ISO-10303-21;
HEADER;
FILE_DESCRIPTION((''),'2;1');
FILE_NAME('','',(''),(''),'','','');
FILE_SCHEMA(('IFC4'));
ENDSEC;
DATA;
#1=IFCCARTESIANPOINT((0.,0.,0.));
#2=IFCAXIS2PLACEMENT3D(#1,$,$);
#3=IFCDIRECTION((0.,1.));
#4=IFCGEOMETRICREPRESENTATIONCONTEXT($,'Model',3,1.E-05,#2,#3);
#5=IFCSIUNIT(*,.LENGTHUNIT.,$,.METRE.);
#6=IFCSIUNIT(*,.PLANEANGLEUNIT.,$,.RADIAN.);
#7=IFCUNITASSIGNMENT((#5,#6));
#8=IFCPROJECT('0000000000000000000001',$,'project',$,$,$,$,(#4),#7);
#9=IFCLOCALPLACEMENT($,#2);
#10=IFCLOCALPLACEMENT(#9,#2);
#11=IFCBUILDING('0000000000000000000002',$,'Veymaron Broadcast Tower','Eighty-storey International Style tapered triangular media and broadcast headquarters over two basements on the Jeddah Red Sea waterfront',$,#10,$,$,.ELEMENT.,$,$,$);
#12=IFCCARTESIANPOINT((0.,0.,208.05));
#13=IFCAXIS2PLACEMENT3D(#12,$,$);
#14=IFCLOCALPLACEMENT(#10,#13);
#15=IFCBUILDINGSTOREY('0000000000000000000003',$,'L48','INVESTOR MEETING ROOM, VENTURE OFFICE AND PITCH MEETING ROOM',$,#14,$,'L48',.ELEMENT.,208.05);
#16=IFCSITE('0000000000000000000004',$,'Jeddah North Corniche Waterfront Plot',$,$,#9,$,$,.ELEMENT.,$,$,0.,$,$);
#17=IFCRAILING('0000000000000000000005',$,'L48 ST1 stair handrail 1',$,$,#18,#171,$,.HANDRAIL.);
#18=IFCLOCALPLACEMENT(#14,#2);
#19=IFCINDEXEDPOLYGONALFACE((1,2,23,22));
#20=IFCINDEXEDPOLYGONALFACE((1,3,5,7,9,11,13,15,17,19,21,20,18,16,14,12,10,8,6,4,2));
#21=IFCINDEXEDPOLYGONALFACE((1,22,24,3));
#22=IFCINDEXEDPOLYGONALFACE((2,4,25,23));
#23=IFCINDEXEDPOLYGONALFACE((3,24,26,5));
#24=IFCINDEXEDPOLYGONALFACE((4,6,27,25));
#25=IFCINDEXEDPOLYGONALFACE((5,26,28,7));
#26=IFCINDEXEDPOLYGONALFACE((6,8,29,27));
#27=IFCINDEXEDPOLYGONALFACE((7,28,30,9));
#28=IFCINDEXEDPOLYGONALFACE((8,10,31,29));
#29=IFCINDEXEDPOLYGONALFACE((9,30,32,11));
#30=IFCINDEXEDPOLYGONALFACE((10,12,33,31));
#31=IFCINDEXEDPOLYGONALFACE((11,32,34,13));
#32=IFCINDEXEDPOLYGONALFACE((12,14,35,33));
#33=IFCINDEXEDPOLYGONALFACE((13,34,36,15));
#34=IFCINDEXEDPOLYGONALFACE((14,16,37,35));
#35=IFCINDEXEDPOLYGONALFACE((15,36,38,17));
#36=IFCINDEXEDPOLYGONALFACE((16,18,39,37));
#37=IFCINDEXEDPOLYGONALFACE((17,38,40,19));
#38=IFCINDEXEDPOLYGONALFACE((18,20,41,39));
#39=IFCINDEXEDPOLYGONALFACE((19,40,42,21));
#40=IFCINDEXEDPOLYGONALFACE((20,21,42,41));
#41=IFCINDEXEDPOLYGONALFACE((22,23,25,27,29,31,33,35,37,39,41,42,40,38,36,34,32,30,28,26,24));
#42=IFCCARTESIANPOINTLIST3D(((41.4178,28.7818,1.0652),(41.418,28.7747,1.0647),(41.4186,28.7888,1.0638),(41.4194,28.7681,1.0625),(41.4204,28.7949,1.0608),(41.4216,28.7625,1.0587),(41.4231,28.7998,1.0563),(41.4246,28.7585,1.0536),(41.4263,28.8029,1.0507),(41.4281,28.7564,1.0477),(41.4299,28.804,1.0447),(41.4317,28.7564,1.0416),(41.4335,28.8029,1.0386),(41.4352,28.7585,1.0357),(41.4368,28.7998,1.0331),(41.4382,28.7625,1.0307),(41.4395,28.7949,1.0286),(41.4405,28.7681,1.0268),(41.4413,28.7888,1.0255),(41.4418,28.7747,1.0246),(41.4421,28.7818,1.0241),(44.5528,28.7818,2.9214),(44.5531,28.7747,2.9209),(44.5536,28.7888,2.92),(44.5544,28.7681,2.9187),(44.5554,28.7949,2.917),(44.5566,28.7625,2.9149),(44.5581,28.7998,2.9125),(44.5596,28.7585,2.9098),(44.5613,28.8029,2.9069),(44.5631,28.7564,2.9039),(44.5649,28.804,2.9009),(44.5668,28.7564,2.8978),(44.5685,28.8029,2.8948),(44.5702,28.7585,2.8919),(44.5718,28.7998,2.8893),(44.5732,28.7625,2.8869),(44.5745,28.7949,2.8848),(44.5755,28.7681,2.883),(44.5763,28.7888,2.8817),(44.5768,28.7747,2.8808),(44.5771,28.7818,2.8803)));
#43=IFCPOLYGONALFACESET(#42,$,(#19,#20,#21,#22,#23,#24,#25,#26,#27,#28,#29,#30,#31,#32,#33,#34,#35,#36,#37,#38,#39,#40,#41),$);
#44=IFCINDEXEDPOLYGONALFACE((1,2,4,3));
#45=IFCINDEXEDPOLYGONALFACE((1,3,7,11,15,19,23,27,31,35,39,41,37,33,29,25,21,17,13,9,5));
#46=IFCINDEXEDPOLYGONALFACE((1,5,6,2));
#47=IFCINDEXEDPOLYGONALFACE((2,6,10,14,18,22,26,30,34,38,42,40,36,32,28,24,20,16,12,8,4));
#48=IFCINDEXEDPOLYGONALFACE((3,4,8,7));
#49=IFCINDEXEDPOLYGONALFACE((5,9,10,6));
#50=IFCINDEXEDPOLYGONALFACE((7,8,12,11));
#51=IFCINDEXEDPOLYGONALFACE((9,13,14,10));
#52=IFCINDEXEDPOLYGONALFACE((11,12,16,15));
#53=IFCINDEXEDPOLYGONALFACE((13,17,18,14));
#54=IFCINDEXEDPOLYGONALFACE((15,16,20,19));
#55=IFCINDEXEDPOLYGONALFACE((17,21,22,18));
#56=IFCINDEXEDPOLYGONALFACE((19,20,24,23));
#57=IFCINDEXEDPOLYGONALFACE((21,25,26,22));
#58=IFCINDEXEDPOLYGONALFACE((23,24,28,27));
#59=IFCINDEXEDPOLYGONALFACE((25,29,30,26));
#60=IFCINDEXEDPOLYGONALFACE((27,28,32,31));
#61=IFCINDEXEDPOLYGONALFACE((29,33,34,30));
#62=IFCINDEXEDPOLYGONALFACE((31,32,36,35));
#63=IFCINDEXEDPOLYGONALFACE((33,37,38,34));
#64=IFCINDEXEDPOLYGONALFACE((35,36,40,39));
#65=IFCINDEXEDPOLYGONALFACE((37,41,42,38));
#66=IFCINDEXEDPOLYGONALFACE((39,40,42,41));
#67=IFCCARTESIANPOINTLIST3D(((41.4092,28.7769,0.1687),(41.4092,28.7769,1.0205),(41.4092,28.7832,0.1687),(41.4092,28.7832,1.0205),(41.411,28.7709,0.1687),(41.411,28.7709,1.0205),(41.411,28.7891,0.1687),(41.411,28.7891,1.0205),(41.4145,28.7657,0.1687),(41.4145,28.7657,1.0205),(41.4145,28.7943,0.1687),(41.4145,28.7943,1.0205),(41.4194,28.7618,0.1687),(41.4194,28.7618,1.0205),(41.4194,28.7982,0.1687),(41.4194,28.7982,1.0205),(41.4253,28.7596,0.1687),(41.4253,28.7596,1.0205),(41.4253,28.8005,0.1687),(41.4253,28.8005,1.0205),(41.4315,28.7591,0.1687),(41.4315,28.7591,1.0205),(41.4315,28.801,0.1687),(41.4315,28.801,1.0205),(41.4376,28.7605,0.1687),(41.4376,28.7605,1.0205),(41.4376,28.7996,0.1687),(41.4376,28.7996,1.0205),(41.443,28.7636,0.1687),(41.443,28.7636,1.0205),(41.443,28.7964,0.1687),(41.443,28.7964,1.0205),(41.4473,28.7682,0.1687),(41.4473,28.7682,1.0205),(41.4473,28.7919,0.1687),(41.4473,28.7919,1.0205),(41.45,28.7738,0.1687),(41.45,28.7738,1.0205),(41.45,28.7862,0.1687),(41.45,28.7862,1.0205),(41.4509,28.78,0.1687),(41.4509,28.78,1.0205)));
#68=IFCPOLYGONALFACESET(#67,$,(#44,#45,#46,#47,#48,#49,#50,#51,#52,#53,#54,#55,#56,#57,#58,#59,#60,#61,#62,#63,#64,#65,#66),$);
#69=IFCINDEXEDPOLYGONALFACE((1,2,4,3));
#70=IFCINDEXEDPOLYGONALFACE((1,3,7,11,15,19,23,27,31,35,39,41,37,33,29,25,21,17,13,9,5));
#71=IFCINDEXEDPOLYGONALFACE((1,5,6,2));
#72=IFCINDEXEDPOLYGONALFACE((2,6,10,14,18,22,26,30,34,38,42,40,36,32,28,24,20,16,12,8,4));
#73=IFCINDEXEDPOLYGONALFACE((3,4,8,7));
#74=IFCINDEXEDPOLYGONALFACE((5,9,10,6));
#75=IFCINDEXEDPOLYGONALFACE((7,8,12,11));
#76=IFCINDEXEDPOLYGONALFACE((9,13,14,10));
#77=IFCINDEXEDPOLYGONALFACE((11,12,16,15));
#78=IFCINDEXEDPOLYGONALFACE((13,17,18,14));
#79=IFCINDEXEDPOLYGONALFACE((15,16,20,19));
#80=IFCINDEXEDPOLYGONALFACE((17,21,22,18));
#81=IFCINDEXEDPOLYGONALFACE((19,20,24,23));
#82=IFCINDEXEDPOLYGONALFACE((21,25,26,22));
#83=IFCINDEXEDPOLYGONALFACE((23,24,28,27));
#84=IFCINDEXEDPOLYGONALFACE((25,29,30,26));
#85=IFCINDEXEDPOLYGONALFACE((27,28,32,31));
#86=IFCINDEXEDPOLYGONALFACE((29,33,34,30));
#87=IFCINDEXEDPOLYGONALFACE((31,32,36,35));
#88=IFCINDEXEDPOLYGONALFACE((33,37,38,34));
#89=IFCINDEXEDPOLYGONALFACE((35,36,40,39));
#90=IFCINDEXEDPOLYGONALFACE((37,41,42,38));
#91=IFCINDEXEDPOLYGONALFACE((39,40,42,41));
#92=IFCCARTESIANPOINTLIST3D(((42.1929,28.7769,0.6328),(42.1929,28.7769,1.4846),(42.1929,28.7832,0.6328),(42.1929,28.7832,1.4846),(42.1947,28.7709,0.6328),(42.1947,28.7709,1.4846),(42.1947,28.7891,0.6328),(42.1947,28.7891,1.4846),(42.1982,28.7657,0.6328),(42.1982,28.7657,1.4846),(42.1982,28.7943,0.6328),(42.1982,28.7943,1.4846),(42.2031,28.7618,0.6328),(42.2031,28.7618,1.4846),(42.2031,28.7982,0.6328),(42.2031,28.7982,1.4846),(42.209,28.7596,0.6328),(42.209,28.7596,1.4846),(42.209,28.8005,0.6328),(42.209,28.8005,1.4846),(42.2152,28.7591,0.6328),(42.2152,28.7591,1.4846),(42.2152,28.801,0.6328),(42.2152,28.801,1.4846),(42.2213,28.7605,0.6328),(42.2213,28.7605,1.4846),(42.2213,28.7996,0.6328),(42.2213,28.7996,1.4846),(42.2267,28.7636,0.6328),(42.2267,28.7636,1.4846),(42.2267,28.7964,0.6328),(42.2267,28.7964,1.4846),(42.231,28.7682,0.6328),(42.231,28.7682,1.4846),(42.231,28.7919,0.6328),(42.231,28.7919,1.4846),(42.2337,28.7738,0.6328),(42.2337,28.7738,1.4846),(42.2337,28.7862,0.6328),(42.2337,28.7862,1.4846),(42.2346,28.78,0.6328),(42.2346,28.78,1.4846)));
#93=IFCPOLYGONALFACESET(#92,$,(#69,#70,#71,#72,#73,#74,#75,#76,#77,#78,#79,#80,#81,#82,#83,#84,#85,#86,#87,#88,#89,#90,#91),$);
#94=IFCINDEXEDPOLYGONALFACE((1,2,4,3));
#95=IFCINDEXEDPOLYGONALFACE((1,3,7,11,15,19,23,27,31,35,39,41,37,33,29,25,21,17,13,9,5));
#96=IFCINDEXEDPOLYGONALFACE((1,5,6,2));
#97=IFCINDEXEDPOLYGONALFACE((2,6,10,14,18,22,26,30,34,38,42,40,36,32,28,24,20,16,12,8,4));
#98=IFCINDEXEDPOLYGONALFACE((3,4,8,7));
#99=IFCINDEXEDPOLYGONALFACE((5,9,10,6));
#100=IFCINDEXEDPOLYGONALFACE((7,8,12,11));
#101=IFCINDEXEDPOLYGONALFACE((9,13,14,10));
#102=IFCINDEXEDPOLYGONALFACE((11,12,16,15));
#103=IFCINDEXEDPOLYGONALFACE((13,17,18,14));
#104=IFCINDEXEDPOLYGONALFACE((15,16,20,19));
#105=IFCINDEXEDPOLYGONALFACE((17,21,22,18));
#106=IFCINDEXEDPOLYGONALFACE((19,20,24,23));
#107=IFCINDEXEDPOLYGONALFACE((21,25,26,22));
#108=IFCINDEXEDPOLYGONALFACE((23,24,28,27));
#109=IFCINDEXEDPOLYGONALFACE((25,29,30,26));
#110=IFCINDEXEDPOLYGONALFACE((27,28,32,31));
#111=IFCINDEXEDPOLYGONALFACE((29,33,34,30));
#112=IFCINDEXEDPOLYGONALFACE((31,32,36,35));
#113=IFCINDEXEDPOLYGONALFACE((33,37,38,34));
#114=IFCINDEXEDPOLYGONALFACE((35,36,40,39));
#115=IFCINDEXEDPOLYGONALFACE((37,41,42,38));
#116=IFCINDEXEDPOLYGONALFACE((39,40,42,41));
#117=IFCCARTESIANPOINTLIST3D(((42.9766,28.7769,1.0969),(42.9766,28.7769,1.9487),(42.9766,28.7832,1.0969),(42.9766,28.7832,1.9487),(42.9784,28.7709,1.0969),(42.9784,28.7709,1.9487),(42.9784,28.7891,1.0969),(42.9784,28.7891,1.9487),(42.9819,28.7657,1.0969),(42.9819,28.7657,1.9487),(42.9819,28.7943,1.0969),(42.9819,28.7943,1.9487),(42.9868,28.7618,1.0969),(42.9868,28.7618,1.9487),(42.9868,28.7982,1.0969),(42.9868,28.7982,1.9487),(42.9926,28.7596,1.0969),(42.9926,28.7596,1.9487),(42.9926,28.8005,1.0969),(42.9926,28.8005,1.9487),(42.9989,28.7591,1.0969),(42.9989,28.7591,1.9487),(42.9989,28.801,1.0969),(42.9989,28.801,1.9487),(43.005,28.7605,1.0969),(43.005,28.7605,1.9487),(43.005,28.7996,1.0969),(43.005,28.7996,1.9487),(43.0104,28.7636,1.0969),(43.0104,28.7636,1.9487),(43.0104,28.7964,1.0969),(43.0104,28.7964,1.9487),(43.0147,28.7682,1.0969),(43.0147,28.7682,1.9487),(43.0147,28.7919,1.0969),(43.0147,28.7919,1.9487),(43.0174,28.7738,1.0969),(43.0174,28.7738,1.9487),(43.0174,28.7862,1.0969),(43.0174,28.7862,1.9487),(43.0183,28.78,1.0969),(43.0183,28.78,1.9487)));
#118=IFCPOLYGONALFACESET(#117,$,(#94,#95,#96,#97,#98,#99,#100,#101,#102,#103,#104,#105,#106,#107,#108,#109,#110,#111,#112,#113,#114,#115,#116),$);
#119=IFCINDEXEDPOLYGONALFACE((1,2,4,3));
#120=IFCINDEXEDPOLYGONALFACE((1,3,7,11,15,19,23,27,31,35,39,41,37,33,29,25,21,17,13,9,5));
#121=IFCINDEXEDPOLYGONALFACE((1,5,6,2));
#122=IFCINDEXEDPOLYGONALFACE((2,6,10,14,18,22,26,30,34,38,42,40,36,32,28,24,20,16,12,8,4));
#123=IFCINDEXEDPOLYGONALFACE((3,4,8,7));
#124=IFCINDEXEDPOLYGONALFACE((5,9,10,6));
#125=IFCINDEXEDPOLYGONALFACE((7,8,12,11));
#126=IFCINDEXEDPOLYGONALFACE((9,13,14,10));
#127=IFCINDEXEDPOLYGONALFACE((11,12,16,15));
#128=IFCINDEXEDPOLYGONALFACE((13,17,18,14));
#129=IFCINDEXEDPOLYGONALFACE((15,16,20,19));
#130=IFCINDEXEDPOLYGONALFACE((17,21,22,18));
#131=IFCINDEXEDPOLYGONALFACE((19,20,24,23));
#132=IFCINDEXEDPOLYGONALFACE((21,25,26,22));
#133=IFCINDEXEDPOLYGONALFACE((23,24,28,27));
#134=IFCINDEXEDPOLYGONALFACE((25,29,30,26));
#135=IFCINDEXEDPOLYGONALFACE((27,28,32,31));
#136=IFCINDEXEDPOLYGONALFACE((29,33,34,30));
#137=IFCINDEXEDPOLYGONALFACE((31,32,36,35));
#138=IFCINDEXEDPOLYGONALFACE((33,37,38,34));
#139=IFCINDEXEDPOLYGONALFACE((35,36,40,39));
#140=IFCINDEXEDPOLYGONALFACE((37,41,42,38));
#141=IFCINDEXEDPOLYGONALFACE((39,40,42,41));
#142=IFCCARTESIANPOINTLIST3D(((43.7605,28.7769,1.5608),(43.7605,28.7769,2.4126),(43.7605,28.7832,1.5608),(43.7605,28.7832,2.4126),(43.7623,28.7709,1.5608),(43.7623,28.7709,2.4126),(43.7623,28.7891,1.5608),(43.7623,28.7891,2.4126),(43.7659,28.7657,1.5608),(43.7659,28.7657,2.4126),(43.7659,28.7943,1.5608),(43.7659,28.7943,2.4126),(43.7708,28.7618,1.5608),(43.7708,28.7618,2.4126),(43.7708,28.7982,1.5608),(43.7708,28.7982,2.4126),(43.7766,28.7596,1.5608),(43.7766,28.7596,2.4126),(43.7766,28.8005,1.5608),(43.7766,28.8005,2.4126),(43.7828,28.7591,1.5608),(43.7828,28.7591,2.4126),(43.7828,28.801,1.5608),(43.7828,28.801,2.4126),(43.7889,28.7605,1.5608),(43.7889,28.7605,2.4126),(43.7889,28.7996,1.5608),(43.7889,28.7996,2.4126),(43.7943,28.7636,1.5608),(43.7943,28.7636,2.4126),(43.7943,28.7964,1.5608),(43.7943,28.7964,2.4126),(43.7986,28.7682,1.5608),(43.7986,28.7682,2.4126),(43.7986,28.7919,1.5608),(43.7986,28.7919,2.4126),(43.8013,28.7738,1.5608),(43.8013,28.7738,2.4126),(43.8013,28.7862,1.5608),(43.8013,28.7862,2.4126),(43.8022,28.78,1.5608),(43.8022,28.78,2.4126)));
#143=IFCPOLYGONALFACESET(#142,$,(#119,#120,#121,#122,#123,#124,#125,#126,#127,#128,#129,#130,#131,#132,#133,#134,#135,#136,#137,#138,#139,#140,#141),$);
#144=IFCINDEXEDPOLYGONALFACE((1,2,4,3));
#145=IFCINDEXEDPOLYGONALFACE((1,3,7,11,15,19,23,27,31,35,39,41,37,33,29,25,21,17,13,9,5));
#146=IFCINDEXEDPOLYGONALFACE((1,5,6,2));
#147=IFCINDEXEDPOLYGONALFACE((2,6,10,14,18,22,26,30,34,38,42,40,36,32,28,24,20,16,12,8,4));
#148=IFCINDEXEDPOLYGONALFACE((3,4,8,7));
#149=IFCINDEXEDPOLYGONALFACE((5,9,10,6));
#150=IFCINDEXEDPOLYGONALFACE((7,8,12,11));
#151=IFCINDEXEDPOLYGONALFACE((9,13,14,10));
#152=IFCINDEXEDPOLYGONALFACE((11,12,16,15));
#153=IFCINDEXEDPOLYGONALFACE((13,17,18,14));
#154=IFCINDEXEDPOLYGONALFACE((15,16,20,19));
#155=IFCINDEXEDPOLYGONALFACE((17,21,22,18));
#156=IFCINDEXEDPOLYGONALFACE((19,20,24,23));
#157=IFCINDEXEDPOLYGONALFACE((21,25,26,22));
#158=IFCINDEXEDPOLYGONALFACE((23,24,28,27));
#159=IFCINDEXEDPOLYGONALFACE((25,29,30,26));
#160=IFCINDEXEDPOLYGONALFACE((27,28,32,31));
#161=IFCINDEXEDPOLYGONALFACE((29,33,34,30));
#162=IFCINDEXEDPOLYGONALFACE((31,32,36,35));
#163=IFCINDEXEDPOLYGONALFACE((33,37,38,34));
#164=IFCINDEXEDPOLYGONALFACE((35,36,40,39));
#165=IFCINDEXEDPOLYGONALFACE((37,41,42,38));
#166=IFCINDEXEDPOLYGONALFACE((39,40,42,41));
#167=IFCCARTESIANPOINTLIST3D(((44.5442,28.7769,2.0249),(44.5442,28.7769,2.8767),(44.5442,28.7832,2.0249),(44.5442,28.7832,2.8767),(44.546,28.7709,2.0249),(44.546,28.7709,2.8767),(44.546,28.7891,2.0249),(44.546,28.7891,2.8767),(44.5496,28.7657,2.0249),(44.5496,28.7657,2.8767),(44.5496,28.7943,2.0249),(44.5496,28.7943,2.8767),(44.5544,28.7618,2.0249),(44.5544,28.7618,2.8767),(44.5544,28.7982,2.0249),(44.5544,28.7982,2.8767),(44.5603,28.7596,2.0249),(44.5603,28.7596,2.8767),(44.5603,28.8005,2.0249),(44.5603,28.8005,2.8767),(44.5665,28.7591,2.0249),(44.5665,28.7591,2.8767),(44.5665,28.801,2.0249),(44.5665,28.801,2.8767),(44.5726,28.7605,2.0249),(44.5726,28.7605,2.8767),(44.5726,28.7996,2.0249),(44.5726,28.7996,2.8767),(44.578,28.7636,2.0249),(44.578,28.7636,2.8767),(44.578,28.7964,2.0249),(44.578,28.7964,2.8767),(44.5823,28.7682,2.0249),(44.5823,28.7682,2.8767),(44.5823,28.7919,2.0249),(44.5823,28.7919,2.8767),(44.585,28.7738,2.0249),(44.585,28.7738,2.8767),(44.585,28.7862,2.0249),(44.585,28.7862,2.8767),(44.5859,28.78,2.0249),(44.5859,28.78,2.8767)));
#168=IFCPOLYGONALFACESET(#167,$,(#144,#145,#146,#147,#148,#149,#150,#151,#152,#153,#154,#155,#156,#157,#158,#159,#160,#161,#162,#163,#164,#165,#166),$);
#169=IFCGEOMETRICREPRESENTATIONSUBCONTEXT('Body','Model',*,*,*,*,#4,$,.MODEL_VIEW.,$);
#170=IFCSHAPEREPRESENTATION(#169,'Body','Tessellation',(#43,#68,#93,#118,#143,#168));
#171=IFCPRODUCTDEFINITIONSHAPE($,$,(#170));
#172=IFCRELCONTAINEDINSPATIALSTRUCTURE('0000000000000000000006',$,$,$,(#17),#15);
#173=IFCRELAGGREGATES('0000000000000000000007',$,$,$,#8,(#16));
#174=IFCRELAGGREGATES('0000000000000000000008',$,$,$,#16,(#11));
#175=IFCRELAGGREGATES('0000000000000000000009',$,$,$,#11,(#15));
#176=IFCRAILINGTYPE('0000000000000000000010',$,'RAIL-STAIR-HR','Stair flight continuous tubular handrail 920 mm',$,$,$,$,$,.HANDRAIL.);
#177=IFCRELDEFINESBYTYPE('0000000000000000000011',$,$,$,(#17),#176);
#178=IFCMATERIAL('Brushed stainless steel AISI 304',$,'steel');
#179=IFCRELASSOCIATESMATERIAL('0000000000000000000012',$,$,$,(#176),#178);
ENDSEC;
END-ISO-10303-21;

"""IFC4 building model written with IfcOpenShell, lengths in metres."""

from ifc_helpers import new_model, si_unit, direction, frame, origin, origin_2d, place, context, subcontext, project, spatial, circle, extrude, material, type_object, element, save


model = new_model("IFC4")

# Units and contexts
model_context = context("Model", 3, precision=1e-05, world=origin(), true_north=direction((0.0, 1.0)))
body_context = subcontext(model_context, "Body", "Model", "MODEL_VIEW")
ifc_project = project(units=[si_unit("LENGTHUNIT", "METRE"), si_unit("PLANEANGLEUNIT", "RADIAN")], contexts=[model_context])

# Site, building, storey
site_placement = place(None, origin())
site = spatial("IfcSite", under=ifc_project, at=site_placement, Name="Jeddah North Corniche Waterfront Plot", CompositionType="ELEMENT", RefElevation=0.0)
building_placement = place(site_placement, origin())
building = spatial("IfcBuilding", under=site, at=building_placement, Name="Veymaron Broadcast Tower", Description="Eighty-storey International Style tapered triangular media and broadcast headquarters over two basements on the Jeddah Red Sea waterfront", CompositionType="ELEMENT")
storey_placement = place(building_placement, frame((0.0, 0.0, 208.05)))
storey = spatial("IfcBuildingStorey", under=building, at=storey_placement, Name="L48", Description="INVESTOR MEETING ROOM, VENTURE OFFICE AND PITCH MEETING ROOM", LongName="L48", CompositionType="ELEMENT", Elevation=208.05)

# Shared definitions
ifc_material_1 = material(Name="Brushed stainless steel AISI 304", Category="steel")

# Railing
railing_type_1 = type_object("IfcRailingType", Name="RAIL-STAIR-HR", Description="Stair flight continuous tubular handrail 920 mm", PredefinedType="HANDRAIL", material=ifc_material_1)
railing_1_placement = place(storey_placement, frame((41.4299, 28.78, 0.1687)))
element("IfcRailing", 1, at=railing_1_placement, inside=storey, type_object=railing_type_1, Name="L48 ST1 stair handrail 1", PredefinedType="HANDRAIL", context=body_context, shape_type="SweptSolid", body=[
    extrude(circle(Radius=0.0239, at=origin_2d()), frame((0.0, 0.0, 0.876), z_axis=(0.860482, 0.0, 0.509481), x_axis=(0.0, 1.0, 0.0)), (0.0, 0.0, 1.0), 3.6433),
    extrude(circle(Radius=0.021, at=origin_2d()), origin(), (0.0, 0.0, 1.0), 0.8518),
    extrude(circle(Radius=0.021, at=origin_2d()), frame((0.7837, 0.0, 0.4641)), (0.0, 0.0, 1.0), 0.8518),
    extrude(circle(Radius=0.021, at=origin_2d()), frame((1.5674, 0.0, 0.9282)), (0.0, 0.0, 1.0), 0.8518),
    extrude(circle(Radius=0.021, at=origin_2d()), frame((2.3513, 0.0, 1.3921)), (0.0, 0.0, 1.0), 0.8518),
    extrude(circle(Radius=0.021, at=origin_2d()), frame((3.135, 0.0, 1.8562)), (0.0, 0.0, 1.0), 0.8518),
])

save(model, "model.ifc")
